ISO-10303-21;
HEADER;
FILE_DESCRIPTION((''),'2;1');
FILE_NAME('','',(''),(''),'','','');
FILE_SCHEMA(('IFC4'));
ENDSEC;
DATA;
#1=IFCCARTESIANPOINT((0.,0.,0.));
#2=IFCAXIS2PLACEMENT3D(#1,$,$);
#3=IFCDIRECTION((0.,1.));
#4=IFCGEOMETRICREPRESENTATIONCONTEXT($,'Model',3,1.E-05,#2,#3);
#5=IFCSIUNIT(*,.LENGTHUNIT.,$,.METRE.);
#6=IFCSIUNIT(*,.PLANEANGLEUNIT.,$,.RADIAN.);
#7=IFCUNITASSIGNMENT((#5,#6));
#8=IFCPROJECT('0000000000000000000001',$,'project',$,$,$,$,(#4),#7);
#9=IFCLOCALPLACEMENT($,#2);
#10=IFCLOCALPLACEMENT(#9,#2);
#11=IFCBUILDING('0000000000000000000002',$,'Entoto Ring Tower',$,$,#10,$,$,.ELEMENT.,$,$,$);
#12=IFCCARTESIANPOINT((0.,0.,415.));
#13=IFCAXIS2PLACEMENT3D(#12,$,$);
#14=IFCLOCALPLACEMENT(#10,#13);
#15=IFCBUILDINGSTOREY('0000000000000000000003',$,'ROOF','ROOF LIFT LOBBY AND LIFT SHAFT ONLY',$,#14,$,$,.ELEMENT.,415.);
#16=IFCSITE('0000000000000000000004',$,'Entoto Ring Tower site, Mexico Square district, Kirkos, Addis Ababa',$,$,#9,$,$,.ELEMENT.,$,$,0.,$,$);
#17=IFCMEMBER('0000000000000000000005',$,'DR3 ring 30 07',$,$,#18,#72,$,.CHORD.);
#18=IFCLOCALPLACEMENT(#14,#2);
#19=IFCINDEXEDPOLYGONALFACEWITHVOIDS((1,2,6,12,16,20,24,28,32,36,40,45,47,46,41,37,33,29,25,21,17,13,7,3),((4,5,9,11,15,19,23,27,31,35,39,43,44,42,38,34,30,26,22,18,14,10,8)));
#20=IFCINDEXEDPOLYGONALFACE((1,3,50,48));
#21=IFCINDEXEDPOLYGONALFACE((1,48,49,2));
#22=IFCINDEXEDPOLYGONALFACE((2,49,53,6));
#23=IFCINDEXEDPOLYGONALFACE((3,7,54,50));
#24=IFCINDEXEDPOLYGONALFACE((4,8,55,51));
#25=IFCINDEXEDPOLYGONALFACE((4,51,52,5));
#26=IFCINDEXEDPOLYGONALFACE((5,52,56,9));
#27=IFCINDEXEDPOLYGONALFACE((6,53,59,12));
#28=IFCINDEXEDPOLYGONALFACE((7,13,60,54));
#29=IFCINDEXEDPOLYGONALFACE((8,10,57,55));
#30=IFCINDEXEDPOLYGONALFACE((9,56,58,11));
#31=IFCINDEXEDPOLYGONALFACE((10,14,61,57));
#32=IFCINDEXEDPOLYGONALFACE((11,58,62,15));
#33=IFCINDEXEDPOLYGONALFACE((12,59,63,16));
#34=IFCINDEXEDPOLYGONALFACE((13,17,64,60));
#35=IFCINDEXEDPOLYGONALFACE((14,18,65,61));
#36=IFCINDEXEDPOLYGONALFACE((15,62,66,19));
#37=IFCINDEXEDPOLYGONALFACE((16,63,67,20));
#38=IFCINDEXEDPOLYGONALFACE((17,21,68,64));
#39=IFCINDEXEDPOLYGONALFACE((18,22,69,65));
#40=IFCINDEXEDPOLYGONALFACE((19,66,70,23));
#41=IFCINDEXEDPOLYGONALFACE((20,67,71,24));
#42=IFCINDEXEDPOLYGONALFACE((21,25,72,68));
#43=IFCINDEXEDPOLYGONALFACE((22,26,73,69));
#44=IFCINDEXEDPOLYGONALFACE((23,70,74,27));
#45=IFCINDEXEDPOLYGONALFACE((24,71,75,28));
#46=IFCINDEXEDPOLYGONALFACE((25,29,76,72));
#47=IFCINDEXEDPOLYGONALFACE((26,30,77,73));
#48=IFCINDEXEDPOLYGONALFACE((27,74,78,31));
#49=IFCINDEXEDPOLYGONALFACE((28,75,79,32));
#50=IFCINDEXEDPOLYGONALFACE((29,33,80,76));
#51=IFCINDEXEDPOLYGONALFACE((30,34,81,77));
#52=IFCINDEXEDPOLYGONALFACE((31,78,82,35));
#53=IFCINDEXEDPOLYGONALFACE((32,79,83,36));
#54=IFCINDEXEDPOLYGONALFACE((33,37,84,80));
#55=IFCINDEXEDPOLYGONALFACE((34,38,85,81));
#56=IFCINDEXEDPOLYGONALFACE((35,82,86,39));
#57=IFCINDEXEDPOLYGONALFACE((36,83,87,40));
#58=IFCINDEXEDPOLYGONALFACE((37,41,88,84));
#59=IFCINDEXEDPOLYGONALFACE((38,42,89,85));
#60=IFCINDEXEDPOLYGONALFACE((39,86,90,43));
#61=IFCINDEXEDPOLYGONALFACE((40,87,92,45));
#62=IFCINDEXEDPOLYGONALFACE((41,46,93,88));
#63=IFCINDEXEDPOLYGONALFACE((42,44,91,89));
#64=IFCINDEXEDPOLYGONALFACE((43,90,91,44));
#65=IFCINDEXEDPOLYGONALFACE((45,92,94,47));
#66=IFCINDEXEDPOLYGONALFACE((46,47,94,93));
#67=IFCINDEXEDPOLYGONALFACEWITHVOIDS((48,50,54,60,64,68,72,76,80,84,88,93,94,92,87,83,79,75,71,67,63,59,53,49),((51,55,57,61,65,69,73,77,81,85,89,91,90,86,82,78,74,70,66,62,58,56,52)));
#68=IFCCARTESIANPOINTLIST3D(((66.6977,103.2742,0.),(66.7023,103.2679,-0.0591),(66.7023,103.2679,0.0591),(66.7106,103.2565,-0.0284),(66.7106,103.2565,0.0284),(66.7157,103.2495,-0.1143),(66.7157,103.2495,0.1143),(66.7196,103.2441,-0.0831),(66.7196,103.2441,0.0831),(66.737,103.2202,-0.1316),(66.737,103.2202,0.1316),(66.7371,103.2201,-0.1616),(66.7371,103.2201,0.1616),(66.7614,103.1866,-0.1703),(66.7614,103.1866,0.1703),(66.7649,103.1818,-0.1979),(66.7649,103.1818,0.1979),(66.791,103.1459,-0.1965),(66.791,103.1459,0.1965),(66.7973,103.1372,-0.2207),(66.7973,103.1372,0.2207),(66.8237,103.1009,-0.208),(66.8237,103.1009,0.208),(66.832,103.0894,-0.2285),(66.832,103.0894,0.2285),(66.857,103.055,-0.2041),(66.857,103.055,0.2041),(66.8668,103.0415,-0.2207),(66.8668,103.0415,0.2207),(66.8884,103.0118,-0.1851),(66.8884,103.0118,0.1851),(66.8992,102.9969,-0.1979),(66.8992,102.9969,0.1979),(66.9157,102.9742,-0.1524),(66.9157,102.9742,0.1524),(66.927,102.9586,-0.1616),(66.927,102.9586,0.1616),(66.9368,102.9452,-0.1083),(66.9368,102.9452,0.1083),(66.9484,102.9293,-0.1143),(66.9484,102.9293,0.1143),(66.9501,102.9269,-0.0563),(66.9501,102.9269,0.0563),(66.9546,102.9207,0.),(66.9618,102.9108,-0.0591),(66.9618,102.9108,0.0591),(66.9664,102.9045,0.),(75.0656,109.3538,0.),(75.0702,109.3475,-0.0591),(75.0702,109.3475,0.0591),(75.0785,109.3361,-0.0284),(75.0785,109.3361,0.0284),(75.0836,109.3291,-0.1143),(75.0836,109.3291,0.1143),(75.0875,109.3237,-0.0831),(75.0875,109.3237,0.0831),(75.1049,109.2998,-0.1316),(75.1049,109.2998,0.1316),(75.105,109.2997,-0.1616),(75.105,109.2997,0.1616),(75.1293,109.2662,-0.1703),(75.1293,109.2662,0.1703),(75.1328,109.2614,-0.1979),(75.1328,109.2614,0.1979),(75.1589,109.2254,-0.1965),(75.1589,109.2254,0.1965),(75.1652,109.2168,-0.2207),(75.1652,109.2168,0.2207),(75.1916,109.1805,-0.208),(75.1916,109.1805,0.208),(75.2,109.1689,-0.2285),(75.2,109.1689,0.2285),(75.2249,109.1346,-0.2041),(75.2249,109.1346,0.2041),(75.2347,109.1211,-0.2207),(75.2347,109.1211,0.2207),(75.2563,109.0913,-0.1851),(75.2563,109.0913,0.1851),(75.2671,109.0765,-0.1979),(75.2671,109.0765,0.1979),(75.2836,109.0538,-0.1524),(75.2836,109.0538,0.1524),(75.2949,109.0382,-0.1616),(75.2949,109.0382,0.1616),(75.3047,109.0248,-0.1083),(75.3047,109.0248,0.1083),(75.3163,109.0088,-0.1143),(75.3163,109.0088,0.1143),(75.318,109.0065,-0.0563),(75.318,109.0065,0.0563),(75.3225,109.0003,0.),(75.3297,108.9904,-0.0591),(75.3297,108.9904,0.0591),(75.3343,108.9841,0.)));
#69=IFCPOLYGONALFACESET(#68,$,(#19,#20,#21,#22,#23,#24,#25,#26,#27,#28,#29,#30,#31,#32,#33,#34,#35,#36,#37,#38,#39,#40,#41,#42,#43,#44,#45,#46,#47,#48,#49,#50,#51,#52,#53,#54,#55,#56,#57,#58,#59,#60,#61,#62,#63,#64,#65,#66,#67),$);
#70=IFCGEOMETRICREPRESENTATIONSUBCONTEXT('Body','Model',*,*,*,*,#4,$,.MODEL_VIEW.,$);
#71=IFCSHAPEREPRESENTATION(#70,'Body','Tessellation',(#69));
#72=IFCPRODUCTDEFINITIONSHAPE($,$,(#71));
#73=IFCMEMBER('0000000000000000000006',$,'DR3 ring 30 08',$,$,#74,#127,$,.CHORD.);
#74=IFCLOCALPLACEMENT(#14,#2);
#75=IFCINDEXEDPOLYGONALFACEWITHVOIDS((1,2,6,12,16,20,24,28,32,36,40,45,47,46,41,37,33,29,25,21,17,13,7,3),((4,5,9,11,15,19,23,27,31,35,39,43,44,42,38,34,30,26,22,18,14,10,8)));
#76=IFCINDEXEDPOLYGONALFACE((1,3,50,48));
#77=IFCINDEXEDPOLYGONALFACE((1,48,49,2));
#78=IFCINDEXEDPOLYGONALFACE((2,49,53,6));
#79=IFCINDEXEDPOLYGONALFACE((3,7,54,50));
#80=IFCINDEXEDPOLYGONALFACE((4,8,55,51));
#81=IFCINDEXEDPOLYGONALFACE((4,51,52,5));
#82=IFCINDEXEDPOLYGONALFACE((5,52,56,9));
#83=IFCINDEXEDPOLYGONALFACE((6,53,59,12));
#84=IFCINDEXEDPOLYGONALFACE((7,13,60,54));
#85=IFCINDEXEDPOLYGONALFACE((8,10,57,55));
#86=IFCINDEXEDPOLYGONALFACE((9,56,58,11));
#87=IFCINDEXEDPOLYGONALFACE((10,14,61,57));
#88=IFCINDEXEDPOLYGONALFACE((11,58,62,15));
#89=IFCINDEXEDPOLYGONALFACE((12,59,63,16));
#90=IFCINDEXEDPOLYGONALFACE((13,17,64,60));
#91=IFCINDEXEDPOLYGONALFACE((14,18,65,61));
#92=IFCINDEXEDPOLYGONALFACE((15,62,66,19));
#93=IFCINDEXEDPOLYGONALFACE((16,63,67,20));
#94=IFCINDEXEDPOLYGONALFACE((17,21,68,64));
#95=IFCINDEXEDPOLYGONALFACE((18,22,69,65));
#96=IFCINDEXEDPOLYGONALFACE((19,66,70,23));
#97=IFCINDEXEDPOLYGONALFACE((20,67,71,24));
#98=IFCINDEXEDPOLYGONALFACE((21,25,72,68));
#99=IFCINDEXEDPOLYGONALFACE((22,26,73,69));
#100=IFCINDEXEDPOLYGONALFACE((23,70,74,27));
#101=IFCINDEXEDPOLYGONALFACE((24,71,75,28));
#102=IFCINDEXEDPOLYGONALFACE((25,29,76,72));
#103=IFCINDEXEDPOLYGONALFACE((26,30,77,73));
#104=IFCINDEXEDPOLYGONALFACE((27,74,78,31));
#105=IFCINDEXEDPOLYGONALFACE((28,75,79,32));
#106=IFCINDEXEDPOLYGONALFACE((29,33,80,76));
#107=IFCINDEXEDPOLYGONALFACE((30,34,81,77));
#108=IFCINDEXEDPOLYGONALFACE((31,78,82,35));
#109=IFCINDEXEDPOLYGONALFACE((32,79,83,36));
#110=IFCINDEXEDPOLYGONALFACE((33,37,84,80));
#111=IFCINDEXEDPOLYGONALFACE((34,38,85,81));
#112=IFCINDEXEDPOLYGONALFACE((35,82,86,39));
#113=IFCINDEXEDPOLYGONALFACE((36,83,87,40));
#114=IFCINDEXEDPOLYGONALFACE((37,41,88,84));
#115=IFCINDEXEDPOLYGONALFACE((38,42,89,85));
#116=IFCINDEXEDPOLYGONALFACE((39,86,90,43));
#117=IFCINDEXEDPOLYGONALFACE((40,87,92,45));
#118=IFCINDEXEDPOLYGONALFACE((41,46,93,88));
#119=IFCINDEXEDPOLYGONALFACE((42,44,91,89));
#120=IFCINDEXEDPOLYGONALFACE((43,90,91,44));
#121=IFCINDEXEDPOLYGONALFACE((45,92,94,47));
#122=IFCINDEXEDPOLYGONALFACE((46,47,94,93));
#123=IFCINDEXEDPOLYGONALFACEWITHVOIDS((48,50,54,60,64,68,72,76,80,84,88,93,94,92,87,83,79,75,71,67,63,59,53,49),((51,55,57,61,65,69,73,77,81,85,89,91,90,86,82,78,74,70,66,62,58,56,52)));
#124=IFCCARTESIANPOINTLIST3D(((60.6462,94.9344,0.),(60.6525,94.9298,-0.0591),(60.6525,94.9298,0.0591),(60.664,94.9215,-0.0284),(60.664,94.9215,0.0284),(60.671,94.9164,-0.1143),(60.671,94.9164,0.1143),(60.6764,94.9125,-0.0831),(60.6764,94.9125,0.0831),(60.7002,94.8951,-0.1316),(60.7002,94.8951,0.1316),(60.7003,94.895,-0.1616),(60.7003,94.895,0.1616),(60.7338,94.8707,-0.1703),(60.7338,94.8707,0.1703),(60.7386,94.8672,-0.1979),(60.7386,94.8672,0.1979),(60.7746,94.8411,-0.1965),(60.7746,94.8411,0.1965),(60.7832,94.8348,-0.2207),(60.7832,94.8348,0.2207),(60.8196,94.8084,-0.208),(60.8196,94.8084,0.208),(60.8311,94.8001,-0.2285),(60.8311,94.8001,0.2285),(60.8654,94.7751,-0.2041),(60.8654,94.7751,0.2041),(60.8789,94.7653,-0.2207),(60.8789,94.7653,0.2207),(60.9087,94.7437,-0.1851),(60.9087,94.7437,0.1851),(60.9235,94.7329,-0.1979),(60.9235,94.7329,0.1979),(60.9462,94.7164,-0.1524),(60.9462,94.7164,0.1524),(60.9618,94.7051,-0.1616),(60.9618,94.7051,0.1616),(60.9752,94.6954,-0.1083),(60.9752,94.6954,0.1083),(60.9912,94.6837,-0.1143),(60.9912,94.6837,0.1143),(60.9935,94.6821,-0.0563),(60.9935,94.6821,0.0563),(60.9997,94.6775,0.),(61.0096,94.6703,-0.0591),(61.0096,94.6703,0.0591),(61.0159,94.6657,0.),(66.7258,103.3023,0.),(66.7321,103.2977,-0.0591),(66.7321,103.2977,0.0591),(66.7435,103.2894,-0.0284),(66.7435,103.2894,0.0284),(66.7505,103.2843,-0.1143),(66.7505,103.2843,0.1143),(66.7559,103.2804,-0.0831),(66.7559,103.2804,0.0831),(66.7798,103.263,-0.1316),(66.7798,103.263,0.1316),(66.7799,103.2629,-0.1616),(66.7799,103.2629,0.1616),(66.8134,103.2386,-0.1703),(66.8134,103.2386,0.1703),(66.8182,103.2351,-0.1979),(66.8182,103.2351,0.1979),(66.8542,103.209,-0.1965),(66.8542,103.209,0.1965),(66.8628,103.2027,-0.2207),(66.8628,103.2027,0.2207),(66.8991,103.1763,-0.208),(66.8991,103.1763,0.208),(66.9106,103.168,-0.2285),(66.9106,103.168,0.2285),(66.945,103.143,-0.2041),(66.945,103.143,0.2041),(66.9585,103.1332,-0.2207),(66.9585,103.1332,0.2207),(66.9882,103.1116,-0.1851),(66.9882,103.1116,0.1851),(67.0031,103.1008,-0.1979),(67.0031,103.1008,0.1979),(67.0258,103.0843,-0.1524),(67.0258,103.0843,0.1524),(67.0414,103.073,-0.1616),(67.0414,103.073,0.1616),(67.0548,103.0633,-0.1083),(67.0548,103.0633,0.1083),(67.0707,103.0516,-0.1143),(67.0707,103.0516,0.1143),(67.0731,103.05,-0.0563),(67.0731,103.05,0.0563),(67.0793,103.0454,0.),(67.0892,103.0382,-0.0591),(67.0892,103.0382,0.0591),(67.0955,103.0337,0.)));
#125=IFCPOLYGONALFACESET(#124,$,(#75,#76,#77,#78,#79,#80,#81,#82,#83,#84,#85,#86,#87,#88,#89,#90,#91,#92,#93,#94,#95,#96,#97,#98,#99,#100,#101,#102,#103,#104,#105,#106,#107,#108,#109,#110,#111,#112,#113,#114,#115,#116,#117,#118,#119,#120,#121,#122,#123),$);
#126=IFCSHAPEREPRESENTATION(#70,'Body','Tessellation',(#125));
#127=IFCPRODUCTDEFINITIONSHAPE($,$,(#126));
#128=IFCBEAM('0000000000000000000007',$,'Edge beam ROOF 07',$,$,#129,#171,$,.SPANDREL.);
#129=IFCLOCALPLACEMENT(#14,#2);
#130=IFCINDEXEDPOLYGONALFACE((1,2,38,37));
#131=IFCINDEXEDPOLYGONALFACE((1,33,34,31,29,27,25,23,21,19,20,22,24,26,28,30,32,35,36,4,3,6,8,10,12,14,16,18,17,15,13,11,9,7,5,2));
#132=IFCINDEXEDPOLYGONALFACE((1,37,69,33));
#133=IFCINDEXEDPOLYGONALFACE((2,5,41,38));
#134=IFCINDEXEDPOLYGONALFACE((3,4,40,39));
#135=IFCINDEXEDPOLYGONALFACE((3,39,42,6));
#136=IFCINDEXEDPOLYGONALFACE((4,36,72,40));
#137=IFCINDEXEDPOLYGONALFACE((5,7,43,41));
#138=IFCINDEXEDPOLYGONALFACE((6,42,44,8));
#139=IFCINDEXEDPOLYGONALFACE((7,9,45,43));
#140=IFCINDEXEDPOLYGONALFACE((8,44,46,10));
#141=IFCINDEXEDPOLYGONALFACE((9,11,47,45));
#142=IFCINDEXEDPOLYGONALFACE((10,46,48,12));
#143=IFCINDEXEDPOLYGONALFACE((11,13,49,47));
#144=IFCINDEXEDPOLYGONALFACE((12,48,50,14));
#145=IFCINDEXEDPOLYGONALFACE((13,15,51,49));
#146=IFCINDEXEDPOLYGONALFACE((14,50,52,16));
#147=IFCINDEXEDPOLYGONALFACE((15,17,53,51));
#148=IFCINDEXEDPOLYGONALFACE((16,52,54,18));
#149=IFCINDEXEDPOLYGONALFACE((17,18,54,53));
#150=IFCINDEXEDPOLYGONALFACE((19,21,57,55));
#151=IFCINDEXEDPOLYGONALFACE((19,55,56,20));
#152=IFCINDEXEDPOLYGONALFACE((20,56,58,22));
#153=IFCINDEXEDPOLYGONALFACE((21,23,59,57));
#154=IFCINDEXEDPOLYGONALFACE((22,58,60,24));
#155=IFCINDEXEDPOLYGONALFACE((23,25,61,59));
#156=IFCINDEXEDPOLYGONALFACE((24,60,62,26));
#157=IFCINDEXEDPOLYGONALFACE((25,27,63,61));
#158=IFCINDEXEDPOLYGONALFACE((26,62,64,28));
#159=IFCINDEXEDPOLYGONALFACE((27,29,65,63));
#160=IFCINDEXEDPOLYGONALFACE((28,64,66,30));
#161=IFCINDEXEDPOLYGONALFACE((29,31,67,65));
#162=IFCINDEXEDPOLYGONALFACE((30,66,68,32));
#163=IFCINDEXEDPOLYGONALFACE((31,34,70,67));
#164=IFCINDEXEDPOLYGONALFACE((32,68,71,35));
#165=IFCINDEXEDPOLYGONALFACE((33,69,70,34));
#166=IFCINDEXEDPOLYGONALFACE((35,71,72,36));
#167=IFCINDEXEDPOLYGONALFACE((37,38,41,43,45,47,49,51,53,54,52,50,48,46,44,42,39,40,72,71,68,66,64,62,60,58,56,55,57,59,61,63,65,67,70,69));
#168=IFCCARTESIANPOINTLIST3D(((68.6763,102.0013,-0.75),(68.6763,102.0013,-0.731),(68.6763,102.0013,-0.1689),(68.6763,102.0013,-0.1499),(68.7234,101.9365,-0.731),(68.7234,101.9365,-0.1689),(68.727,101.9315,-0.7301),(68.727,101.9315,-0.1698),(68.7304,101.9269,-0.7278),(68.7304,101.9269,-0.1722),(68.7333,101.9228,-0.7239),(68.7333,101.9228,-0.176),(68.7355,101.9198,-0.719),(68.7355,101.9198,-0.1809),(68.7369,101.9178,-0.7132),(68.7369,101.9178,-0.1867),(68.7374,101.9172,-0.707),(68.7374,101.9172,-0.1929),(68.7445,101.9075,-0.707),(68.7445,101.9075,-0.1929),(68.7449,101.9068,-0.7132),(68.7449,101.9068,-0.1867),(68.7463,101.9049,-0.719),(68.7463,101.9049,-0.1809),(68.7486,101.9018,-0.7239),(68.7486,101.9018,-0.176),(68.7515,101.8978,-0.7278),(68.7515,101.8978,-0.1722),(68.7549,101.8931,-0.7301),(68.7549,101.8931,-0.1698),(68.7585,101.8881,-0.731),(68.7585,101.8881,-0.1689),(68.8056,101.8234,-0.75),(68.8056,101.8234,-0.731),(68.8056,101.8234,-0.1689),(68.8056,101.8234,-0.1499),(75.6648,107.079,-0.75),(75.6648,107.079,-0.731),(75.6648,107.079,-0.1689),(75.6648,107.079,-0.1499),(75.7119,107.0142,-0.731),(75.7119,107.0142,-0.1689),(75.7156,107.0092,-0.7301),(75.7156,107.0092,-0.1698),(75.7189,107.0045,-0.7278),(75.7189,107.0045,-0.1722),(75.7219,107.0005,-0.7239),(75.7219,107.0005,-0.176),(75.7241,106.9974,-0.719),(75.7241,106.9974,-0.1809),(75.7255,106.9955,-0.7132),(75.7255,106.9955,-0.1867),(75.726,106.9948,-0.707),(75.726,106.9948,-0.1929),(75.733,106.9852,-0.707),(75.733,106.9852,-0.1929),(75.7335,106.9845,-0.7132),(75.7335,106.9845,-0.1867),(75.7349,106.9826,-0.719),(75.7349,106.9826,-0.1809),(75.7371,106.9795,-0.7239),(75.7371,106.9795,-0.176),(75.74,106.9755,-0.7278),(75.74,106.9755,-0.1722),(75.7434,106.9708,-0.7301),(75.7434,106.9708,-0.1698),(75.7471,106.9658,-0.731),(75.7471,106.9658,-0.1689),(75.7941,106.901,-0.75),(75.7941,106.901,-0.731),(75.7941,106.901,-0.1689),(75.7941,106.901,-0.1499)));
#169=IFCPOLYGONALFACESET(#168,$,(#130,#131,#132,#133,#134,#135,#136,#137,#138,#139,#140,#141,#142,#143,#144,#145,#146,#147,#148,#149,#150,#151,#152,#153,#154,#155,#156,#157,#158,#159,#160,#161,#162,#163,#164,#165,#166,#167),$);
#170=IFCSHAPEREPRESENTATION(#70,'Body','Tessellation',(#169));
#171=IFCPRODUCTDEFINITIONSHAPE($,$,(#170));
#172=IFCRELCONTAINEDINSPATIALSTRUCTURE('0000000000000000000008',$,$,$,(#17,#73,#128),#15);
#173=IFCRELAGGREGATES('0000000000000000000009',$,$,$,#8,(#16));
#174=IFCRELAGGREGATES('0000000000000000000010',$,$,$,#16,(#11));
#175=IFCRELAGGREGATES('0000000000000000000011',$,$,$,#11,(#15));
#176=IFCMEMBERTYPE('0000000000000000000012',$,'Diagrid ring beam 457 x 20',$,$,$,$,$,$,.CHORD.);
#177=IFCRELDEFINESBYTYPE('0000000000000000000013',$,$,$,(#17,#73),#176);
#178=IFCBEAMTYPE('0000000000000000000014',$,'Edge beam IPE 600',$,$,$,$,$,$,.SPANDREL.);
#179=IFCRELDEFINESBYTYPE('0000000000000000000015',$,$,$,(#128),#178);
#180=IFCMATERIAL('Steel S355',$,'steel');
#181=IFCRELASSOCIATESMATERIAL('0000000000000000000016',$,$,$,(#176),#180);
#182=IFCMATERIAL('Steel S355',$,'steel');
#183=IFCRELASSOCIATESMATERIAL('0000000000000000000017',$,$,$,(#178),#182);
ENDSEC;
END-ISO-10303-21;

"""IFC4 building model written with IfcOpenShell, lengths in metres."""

from ifc_helpers import new_model, si_unit, direction, frame, origin, origin_2d, place, context, subcontext, project, spatial, circle, hollow_circle, i_section, extrude, material, material_profile, profile_set, type_object, element, save


model = new_model("IFC4")

# Units and contexts
model_context = context("Model", 3, precision=1e-05, world=origin(), true_north=direction((0.0, 1.0)))
body_context = subcontext(model_context, "Body", "Model", "MODEL_VIEW")
ifc_project = project(units=[si_unit("LENGTHUNIT", "METRE"), si_unit("PLANEANGLEUNIT", "RADIAN")], contexts=[model_context])

# Site, building, storey
site_placement = place(None, origin())
site = spatial("IfcSite", under=ifc_project, at=site_placement, Name="Entoto Ring Tower site, Mexico Square district, Kirkos, Addis Ababa", CompositionType="ELEMENT", RefElevation=0.0)
building_placement = place(site_placement, origin())
building = spatial("IfcBuilding", under=site, at=building_placement, Name="Entoto Ring Tower", CompositionType="ELEMENT")
storey_placement = place(building_placement, frame((0.0, 0.0, 415.0)))
storey = spatial("IfcBuildingStorey", under=building, at=storey_placement, Name="ROOF", Description="ROOF LIFT LOBBY AND LIFT SHAFT ONLY", CompositionType="ELEMENT", Elevation=415.0)

# Members
ifc_material_1 = material(Name="Steel S355", Category="steel")
ifc_material_profile_1 = material_profile(ifc_material_1, hollow_circle(Radius=0.2285, WallThickness=0.02, at=origin_2d()), Name="CHS 457 x 20")
ifc_material_2 = material(Name="Concrete C60/75", Category="concrete")
ifc_material_profile_2 = material_profile(ifc_material_2, circle(Radius=0.2085, at=origin_2d()), Name="Concrete C60/75 infill")
ifc_profile_set_1 = profile_set([ifc_material_profile_1, ifc_material_profile_2], Name="Steel S355")
member_type_1 = type_object("IfcMemberType", Name="Diagrid ring beam 457 x 20", PredefinedType="CHORD", material=ifc_profile_set_1)
for number, where, z_axis, x_axis, name in (
    (1, (75.2, 109.1689, 0.0), (-0.80902, -0.587781, 0.0), (0.587781, -0.80902, 0.0), "DR3 ring 30 07"),
    (2, (66.9106, 103.168, 0.0), (-0.587781, -0.80902, 0.0), (0.80902, -0.587781, 0.0), "DR3 ring 30 08"),
):
    element("IfcMember", number, at=place(storey_placement, frame(where, z_axis=z_axis, x_axis=x_axis)), inside=storey, type_object=member_type_1, Name=name, PredefinedType="CHORD", context=body_context, shape_type="SweptSolid", body=[
        extrude(hollow_circle(Radius=0.2285, WallThickness=0.02, at=origin_2d()), origin(), (0.0, 0.0, 1.0), 10.3433),
    ])

# Beam
ifc_material_3 = material(Name="Steel S355", Category="steel")
ifc_material_profile_3 = material_profile(ifc_material_3, i_section(OverallWidth=0.22, OverallDepth=0.6001, WebThickness=0.012, FlangeThickness=0.019, FilletRadius=0.0239, at=origin_2d()), Name="IPE 600")
ifc_profile_set_2 = profile_set([ifc_material_profile_3], Name="Steel S355")
beam_type_1 = type_object("IfcBeamType", Name="Edge beam IPE 600", PredefinedType="SPANDREL", material=ifc_profile_set_2)
for number, where, z_axis, x_axis, name in (
    (3, (75.7295, 106.99, -0.45), (-0.809007, -0.587799, 0.0), (0.587799, -0.809007, 0.0), "Edge beam ROOF 07"),
):
    element("IfcBeam", number, at=place(storey_placement, frame(where, z_axis=z_axis, x_axis=x_axis)), inside=storey, type_object=beam_type_1, Name=name, PredefinedType="SPANDREL", context=body_context, shape_type="SweptSolid", body=[
        extrude(i_section(OverallWidth=0.22, OverallDepth=0.6001, WebThickness=0.012, FlangeThickness=0.019, FilletRadius=0.0239, at=origin_2d()), origin(), (0.0, 0.0, 1.0), 8.6384),
    ])

save(model, "model.ifc")
